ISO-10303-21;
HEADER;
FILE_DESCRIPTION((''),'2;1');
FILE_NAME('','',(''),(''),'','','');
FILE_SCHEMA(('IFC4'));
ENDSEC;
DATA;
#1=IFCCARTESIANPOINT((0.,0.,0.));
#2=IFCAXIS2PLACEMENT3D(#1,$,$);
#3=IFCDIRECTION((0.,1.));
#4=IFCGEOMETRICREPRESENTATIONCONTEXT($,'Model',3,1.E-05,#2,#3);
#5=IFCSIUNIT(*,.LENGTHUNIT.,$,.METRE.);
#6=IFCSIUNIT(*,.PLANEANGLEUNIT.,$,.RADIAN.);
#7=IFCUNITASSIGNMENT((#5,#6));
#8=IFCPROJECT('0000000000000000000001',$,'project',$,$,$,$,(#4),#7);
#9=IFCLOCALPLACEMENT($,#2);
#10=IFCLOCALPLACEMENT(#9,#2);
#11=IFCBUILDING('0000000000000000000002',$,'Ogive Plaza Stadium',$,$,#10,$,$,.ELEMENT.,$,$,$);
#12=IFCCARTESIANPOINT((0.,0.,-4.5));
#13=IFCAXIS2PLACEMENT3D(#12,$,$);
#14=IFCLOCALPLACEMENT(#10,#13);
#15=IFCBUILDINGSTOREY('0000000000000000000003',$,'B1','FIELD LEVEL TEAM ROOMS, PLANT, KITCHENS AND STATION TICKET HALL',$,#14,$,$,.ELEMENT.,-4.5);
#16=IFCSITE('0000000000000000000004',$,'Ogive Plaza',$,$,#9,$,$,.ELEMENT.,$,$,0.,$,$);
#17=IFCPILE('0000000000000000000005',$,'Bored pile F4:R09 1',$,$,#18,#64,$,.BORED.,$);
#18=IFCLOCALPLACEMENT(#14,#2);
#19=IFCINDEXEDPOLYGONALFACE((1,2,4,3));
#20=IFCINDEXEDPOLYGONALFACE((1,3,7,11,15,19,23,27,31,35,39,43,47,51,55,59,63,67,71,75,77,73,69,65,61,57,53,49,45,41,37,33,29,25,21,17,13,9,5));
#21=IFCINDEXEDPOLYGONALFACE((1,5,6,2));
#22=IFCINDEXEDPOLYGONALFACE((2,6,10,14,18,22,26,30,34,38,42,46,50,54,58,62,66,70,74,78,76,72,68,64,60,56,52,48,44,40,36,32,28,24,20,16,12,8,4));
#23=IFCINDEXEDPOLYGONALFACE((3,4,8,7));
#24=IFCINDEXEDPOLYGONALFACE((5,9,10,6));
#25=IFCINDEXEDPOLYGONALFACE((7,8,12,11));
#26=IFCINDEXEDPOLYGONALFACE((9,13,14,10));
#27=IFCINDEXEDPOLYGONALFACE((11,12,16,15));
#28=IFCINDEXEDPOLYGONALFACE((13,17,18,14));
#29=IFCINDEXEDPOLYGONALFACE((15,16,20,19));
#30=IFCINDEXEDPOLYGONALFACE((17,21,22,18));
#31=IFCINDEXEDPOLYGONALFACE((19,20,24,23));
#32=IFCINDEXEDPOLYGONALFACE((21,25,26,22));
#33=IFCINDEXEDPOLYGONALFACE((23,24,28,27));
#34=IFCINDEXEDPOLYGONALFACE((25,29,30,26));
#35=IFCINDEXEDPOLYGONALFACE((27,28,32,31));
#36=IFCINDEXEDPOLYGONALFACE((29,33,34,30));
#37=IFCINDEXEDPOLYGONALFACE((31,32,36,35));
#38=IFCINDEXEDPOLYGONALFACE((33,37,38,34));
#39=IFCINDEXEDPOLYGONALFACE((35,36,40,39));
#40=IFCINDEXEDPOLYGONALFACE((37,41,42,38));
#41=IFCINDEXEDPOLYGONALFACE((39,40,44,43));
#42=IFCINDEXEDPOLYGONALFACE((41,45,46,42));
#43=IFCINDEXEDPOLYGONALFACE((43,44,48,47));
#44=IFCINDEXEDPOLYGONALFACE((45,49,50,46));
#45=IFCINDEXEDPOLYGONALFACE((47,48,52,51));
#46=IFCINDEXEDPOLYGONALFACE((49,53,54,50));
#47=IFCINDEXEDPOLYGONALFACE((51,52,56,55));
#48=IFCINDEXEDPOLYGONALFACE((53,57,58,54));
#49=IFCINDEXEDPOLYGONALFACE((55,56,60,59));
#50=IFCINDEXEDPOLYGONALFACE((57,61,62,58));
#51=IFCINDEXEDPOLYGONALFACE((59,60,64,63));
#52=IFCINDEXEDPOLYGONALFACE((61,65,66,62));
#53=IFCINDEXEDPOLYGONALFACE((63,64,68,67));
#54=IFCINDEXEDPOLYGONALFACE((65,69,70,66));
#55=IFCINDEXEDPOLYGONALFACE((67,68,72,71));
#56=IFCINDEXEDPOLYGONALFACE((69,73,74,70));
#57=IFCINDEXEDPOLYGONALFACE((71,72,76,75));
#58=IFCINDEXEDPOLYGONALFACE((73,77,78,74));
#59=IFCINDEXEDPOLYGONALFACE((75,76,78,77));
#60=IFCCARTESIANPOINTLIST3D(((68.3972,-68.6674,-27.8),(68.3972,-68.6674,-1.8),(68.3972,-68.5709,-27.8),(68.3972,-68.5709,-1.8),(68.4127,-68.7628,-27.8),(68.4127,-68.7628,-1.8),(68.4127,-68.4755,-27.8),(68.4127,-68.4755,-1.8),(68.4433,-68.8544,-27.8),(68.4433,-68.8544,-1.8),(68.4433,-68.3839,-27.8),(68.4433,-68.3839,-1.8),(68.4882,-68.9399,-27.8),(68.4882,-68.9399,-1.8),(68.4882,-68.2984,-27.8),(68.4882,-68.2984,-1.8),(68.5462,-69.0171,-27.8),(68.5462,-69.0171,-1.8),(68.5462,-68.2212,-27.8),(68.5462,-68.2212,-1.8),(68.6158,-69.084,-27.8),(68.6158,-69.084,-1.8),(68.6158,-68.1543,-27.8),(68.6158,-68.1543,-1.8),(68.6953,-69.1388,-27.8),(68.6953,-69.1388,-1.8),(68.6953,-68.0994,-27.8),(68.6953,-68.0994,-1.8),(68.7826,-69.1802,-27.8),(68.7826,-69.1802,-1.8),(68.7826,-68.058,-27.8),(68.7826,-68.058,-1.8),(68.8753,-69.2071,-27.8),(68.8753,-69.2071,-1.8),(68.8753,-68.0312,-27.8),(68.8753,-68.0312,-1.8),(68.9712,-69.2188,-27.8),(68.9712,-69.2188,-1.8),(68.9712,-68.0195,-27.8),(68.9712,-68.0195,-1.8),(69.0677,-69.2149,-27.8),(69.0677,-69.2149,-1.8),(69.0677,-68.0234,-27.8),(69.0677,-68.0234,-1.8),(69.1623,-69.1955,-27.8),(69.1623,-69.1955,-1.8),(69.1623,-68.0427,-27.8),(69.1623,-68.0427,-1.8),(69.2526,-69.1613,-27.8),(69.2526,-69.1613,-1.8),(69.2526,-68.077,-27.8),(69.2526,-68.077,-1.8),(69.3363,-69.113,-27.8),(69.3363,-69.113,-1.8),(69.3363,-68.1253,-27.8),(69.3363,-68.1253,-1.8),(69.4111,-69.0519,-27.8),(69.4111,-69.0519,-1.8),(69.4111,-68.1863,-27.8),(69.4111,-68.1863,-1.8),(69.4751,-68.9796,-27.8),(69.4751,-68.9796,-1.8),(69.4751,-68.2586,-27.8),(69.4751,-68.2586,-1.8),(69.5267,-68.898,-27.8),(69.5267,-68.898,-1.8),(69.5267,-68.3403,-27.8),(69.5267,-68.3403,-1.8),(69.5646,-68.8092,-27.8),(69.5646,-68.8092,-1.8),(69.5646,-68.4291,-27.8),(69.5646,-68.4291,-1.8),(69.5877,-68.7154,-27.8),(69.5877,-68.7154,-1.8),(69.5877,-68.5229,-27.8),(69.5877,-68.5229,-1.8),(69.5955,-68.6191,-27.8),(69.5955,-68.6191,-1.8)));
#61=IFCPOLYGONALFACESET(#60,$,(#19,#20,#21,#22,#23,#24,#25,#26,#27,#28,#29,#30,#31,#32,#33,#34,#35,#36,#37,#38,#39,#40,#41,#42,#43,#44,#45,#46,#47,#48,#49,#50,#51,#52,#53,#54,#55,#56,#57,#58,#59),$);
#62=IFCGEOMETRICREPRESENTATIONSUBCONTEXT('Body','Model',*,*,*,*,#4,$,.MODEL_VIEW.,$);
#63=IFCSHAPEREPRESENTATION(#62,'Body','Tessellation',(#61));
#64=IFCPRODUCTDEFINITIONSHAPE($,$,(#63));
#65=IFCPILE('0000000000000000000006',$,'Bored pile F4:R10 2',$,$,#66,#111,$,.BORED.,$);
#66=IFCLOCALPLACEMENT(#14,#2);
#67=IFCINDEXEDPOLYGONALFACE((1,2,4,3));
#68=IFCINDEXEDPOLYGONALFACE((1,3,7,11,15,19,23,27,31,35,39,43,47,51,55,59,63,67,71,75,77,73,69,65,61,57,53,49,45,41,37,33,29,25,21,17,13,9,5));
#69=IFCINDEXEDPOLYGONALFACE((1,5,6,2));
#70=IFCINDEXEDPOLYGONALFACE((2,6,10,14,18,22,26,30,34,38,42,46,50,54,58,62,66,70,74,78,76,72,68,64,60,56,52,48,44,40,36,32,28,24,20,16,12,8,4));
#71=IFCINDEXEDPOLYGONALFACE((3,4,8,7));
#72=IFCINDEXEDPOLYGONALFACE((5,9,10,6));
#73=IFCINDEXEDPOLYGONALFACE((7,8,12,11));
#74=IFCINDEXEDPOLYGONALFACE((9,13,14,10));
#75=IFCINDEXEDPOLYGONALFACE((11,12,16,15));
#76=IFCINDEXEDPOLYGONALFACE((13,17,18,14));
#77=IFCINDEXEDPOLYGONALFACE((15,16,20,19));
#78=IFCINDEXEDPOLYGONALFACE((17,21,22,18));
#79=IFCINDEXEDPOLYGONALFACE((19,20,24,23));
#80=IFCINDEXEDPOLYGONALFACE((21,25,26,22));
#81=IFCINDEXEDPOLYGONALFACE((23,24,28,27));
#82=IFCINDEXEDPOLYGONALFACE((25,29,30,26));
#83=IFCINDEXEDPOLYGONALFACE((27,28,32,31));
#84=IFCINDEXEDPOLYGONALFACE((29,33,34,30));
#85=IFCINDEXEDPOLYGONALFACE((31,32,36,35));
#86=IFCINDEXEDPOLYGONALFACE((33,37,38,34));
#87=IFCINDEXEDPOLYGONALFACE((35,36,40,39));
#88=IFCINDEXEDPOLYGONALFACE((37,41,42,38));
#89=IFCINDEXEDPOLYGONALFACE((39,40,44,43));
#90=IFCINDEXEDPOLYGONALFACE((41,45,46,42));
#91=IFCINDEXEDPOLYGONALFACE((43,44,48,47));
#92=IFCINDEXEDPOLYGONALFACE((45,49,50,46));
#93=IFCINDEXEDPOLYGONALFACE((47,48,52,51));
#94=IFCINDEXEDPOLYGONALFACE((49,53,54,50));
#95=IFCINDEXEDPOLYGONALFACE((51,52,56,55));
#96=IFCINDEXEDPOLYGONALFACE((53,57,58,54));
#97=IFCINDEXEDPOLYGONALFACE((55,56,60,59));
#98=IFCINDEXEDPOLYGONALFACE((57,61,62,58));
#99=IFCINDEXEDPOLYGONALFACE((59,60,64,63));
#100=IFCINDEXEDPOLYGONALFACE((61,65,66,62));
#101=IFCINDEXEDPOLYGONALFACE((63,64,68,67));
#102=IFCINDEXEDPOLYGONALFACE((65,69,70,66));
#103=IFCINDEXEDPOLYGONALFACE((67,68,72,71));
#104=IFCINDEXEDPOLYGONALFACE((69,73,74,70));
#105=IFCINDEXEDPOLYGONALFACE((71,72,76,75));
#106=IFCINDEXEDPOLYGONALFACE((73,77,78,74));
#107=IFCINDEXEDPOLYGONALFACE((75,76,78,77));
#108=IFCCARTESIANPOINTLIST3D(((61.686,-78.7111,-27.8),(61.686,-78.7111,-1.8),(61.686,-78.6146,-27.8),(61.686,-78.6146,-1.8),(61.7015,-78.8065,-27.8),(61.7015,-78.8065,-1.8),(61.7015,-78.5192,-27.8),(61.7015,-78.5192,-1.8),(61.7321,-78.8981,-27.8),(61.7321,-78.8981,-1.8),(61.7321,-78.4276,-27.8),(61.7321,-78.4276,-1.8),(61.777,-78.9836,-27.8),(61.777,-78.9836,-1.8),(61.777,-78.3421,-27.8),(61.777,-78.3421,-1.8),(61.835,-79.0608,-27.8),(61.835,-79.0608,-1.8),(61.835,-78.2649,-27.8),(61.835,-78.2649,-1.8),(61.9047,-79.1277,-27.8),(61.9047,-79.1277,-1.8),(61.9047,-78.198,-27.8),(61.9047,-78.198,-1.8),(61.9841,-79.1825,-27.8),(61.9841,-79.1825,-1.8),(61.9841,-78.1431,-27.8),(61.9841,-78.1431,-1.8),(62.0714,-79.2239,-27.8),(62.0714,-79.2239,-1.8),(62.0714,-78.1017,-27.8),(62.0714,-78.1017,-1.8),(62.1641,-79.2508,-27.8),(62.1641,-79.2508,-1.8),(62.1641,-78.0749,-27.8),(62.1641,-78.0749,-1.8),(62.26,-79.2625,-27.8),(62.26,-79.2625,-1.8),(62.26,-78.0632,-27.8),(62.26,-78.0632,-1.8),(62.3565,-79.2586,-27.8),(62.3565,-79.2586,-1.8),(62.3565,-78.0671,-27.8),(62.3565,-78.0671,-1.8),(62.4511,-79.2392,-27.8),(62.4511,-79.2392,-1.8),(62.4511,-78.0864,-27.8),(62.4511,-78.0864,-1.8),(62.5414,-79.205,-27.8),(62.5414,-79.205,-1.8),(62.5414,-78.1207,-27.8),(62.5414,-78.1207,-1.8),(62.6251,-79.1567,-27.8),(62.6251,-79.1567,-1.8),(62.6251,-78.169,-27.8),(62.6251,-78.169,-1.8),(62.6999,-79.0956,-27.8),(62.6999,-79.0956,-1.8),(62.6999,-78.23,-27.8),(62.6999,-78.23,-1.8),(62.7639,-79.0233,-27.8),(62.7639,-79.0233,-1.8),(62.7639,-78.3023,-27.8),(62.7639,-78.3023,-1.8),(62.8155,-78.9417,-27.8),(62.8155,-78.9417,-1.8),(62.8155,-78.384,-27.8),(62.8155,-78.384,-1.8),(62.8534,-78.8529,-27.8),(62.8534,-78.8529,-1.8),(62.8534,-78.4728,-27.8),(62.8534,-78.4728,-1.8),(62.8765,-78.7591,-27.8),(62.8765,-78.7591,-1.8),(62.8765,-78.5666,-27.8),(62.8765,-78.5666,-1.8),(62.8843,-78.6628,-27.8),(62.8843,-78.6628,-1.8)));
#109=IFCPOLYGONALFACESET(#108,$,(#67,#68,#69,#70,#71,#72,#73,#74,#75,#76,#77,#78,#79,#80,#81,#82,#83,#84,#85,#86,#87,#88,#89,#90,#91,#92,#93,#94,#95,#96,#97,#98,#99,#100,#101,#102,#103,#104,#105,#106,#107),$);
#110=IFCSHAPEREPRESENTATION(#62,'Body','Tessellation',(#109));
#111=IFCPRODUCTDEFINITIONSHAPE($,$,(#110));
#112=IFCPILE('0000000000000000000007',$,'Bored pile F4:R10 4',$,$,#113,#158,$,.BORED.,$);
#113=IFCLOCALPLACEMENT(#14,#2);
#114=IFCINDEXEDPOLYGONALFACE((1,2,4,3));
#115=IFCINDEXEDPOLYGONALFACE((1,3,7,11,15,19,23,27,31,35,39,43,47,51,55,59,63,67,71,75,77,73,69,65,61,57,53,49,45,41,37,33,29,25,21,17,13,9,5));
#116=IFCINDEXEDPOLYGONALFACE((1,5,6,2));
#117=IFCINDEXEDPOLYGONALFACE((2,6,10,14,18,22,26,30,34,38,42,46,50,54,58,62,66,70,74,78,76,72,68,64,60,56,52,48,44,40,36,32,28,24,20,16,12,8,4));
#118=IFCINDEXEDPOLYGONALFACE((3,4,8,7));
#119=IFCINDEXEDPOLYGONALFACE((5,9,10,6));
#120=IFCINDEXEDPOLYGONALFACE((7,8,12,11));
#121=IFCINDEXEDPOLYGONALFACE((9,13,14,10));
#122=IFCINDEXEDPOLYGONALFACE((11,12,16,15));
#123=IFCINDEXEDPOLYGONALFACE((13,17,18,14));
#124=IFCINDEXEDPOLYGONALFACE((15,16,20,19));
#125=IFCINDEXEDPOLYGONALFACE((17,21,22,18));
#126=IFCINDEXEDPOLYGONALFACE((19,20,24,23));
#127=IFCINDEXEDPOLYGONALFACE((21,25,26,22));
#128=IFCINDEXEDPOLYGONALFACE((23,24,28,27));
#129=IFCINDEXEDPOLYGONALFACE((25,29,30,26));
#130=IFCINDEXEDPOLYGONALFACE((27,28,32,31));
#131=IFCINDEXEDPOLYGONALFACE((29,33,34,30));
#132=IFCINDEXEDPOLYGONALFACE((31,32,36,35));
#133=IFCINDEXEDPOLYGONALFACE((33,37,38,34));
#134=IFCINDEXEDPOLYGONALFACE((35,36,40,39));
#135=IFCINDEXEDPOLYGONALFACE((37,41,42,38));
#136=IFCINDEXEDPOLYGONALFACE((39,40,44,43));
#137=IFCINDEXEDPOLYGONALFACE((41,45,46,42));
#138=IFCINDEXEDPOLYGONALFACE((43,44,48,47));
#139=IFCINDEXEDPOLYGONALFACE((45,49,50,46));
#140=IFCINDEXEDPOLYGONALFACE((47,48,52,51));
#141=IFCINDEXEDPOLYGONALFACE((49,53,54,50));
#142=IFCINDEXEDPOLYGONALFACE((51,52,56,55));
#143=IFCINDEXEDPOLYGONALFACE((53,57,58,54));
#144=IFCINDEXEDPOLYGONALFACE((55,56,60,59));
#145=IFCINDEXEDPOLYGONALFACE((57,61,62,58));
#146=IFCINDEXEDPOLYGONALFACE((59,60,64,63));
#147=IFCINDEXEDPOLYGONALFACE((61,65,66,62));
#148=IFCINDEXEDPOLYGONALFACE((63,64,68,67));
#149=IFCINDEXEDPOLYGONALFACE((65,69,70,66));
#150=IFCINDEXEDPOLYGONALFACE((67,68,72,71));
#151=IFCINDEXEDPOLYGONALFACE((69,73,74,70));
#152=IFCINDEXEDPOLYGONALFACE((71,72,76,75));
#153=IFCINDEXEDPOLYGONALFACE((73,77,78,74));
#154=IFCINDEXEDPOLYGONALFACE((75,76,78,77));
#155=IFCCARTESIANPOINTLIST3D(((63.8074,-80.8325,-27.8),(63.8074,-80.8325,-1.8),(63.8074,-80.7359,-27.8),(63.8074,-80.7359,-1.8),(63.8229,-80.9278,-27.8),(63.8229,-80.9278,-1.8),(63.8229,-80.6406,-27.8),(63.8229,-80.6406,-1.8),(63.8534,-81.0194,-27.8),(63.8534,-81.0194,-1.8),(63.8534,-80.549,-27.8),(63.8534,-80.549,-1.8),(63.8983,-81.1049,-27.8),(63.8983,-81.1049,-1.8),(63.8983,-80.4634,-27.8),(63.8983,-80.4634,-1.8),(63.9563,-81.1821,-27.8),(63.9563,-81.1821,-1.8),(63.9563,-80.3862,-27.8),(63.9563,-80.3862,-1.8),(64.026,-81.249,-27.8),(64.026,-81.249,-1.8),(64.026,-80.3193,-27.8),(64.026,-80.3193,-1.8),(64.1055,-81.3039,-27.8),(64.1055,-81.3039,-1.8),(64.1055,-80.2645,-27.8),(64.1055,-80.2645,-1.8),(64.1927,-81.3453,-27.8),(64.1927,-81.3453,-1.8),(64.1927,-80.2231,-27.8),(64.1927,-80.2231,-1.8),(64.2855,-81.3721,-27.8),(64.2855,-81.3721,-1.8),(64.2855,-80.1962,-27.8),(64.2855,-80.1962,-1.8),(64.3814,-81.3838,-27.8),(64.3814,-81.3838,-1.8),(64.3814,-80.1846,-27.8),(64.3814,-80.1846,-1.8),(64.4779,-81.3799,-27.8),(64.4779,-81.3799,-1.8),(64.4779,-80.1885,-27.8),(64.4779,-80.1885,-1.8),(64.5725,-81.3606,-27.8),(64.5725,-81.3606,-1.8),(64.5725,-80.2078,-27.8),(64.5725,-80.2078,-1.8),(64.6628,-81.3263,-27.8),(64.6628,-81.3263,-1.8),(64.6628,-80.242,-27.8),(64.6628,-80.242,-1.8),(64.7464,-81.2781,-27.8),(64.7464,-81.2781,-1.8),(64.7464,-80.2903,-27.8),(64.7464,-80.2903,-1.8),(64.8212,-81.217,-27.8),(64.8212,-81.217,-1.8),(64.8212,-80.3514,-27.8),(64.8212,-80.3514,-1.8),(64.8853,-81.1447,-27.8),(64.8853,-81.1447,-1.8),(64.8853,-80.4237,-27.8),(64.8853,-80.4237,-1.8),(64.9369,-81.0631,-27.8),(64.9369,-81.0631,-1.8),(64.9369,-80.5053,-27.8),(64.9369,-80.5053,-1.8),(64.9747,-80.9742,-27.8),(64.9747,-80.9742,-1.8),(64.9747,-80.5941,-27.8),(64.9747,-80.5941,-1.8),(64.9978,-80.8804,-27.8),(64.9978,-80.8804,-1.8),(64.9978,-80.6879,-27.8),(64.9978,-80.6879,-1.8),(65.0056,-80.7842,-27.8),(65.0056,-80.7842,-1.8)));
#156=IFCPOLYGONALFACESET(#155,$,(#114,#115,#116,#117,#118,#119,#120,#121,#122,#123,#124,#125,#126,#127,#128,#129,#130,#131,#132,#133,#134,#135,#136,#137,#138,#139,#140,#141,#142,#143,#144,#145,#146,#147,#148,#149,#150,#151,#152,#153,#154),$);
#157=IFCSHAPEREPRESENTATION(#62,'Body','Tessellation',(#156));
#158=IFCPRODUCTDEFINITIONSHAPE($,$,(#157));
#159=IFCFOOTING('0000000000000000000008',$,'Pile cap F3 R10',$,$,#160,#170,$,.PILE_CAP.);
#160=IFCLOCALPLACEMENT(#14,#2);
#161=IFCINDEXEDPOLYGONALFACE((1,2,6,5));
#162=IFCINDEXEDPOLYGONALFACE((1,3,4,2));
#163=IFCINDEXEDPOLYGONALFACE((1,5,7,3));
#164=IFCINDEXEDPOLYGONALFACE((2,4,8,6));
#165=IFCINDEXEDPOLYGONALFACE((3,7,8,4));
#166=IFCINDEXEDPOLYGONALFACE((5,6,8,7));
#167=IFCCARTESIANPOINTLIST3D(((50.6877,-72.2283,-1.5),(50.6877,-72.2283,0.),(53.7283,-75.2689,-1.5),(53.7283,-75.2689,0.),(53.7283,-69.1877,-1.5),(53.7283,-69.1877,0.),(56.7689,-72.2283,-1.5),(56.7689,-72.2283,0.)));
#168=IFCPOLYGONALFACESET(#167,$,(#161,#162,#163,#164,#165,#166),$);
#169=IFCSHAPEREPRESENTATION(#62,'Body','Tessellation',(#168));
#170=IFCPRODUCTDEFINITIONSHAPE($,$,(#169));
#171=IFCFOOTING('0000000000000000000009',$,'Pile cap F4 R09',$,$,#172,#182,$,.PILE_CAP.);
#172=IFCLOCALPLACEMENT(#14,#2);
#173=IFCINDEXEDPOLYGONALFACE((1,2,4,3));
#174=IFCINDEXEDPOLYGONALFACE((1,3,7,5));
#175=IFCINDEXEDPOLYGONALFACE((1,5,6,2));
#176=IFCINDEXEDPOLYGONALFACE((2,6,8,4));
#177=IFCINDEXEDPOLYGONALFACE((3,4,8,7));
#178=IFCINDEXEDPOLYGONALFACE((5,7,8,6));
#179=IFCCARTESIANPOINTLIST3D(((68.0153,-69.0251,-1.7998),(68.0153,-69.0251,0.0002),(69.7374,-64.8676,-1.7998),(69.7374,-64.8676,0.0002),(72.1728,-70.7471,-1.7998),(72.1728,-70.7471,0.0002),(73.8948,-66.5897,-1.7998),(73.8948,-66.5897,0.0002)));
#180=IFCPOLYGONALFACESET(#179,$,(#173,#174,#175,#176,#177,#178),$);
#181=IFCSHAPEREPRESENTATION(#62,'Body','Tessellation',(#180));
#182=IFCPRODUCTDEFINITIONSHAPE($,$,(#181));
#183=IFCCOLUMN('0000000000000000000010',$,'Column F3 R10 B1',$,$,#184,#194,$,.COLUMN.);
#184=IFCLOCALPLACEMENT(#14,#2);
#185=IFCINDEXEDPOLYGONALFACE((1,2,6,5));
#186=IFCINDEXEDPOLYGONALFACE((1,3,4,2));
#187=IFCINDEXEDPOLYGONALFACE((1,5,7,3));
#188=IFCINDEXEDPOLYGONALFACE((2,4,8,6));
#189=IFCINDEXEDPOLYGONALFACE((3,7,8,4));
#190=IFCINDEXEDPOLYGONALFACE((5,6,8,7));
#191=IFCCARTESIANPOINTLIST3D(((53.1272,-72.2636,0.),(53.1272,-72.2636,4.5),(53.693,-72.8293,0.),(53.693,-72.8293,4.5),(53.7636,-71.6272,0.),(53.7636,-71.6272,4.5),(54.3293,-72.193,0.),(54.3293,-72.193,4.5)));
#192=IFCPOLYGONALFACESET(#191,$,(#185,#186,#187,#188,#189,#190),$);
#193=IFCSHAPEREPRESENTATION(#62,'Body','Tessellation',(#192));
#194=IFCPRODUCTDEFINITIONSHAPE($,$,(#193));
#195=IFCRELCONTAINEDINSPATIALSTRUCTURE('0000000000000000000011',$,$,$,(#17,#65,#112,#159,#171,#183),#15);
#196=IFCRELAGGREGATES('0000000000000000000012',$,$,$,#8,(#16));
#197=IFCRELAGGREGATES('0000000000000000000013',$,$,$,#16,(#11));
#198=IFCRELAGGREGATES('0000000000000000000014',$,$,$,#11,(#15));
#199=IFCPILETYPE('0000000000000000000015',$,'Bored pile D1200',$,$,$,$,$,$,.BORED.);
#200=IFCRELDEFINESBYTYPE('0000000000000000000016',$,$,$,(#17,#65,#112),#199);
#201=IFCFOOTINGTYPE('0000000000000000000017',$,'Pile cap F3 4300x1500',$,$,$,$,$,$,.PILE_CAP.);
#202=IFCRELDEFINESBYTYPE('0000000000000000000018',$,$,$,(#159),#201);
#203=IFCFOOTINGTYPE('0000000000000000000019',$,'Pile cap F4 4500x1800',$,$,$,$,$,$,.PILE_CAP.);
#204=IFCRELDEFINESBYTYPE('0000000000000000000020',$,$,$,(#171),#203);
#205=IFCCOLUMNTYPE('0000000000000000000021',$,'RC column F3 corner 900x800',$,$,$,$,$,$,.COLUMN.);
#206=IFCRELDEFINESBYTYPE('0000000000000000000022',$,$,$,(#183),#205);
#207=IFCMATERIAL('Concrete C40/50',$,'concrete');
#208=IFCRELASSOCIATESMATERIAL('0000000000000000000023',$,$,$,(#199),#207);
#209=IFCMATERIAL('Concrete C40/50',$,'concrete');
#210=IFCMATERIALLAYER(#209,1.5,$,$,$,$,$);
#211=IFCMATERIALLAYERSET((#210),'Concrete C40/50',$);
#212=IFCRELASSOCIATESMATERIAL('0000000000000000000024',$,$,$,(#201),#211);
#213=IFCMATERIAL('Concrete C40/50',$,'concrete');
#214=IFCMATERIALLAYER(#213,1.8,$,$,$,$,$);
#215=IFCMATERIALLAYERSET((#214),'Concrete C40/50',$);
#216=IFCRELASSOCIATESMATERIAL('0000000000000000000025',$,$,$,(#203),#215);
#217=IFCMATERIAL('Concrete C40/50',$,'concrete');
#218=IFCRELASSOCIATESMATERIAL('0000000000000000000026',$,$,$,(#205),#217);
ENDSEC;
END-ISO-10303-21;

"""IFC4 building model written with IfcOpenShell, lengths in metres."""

from ifc_helpers import new_model, si_unit, direction, frame, origin, origin_2d, place, context, subcontext, project, spatial, rectangle, circle, extrude, material, layer, layer_set, material_profile, profile_set, type_object, element, save


model = new_model("IFC4")

# Units and contexts
model_context = context("Model", 3, precision=1e-05, world=origin(), true_north=direction((0.0, 1.0)))
body_context = subcontext(model_context, "Body", "Model", "MODEL_VIEW")
ifc_project = project(units=[si_unit("LENGTHUNIT", "METRE"), si_unit("PLANEANGLEUNIT", "RADIAN")], contexts=[model_context])

# Site, building, storey
site_placement = place(None, origin())
site = spatial("IfcSite", under=ifc_project, at=site_placement, Name="Ogive Plaza", CompositionType="ELEMENT", RefElevation=0.0)
building_placement = place(site_placement, origin())
building = spatial("IfcBuilding", under=site, at=building_placement, Name="Ogive Plaza Stadium", CompositionType="ELEMENT")
storey_placement = place(building_placement, frame((0.0, 0.0, -4.5)))
storey = spatial("IfcBuildingStorey", under=building, at=storey_placement, Name="B1", Description="FIELD LEVEL TEAM ROOMS, PLANT, KITCHENS AND STATION TICKET HALL", CompositionType="ELEMENT", Elevation=-4.5)

# Piles
ifc_material_1 = material(Name="Concrete C40/50", Category="concrete")
ifc_material_profile_1 = material_profile(ifc_material_1, circle(Radius=0.6001, at=origin_2d()), Name="RC D1200")
ifc_profile_set_1 = profile_set([ifc_material_profile_1], Name="Concrete C40/50")
pile_type_1 = type_object("IfcPileType", Name="Bored pile D1200", PredefinedType="BORED", material=ifc_profile_set_1)
for number, where, z_axis, x_axis, name in (
    (1, (68.9954, -68.6191, -1.8), (0.0, 0.0, -1.0), (1.0, 0.0, 0.0), "Bored pile F4:R09 1"),
    (2, (62.2842, -78.6628, -1.8), (0.0, 0.0, -1.0), (1.0, 0.0, 0.0), "Bored pile F4:R10 2"),
    (3, (64.4055, -80.7842, -1.8), (0.0, 0.0, -1.0), (1.0, 0.0, 0.0), "Bored pile F4:R10 4"),
):
    element("IfcPile", number, at=place(storey_placement, frame(where, z_axis=z_axis, x_axis=x_axis)), inside=storey, type_object=pile_type_1, Name=name, PredefinedType="BORED", context=body_context, shape_type="SweptSolid", body=[
        extrude(circle(Radius=0.6001, at=origin_2d()), origin(), (0.0, 0.0, 1.0), 26.0),
    ])

# Footings
ifc_material_2 = material(Name="Concrete C40/50", Category="concrete")
ifc_layer_1 = layer(ifc_material_2, 1.5)
ifc_layer_set_1 = layer_set([ifc_layer_1], Name="Concrete C40/50")
footing_type_1 = type_object("IfcFootingType", Name="Pile cap F3 4300x1500", PredefinedType="PILE_CAP", material=ifc_layer_set_1)
footing_1_placement = place(storey_placement, frame((53.7283, -72.2283, -1.5), z_axis=(0.0, 0.0, 1.0), x_axis=(0.707107, -0.707107, 0.0)))
element("IfcFooting", 4, at=footing_1_placement, inside=storey, type_object=footing_type_1, Name="Pile cap F3 R10", PredefinedType="PILE_CAP", context=body_context, shape_type="SweptSolid", body=[
    extrude(rectangle(XDim=4.3, YDim=4.3, at=origin_2d()), origin(), (0.0, 0.0, 1.0), 1.5),
])
ifc_material_3 = material(Name="Concrete C40/50", Category="concrete")
ifc_layer_2 = layer(ifc_material_3, 1.8)
ifc_layer_set_2 = layer_set([ifc_layer_2], Name="Concrete C40/50")
footing_type_2 = type_object("IfcFootingType", Name="Pile cap F4 4500x1800", PredefinedType="PILE_CAP", material=ifc_layer_set_2)
footing_2_placement = place(storey_placement, frame((70.9551, -67.8074, -1.7998), z_axis=(0.0, 0.0, 1.0), x_axis=(0.92388, -0.382683, 0.0)))
element("IfcFooting", 5, at=footing_2_placement, inside=storey, type_object=footing_type_2, Name="Pile cap F4 R09", PredefinedType="PILE_CAP", context=body_context, shape_type="SweptSolid", body=[
    extrude(rectangle(XDim=4.5, YDim=4.5, at=origin_2d()), origin(), (0.0, 0.0, 1.0), 1.8),
])

# Column
ifc_material_4 = material(Name="Concrete C40/50", Category="concrete")
ifc_material_profile_2 = material_profile(ifc_material_4, rectangle(XDim=0.8999, YDim=0.8, at=origin_2d()), Name="RC 900x800")
ifc_profile_set_2 = profile_set([ifc_material_profile_2], Name="Concrete C40/50")
column_type = type_object("IfcColumnType", Name="RC column F3 corner 900x800", PredefinedType="COLUMN", material=ifc_profile_set_2)
column_placement = place(storey_placement, frame((53.7283, -72.2283, 0.0), z_axis=(0.0, 0.0, 1.0), x_axis=(0.707107, 0.707107, 0.0)))
element("IfcColumn", 6, at=column_placement, inside=storey, type_object=column_type, Name="Column F3 R10 B1", PredefinedType="COLUMN", context=body_context, shape_type="SweptSolid", body=[
    extrude(rectangle(XDim=0.8999, YDim=0.8, at=origin_2d()), origin(), (0.0, 0.0, 1.0), 4.5),
])

save(model, "model.ifc")
